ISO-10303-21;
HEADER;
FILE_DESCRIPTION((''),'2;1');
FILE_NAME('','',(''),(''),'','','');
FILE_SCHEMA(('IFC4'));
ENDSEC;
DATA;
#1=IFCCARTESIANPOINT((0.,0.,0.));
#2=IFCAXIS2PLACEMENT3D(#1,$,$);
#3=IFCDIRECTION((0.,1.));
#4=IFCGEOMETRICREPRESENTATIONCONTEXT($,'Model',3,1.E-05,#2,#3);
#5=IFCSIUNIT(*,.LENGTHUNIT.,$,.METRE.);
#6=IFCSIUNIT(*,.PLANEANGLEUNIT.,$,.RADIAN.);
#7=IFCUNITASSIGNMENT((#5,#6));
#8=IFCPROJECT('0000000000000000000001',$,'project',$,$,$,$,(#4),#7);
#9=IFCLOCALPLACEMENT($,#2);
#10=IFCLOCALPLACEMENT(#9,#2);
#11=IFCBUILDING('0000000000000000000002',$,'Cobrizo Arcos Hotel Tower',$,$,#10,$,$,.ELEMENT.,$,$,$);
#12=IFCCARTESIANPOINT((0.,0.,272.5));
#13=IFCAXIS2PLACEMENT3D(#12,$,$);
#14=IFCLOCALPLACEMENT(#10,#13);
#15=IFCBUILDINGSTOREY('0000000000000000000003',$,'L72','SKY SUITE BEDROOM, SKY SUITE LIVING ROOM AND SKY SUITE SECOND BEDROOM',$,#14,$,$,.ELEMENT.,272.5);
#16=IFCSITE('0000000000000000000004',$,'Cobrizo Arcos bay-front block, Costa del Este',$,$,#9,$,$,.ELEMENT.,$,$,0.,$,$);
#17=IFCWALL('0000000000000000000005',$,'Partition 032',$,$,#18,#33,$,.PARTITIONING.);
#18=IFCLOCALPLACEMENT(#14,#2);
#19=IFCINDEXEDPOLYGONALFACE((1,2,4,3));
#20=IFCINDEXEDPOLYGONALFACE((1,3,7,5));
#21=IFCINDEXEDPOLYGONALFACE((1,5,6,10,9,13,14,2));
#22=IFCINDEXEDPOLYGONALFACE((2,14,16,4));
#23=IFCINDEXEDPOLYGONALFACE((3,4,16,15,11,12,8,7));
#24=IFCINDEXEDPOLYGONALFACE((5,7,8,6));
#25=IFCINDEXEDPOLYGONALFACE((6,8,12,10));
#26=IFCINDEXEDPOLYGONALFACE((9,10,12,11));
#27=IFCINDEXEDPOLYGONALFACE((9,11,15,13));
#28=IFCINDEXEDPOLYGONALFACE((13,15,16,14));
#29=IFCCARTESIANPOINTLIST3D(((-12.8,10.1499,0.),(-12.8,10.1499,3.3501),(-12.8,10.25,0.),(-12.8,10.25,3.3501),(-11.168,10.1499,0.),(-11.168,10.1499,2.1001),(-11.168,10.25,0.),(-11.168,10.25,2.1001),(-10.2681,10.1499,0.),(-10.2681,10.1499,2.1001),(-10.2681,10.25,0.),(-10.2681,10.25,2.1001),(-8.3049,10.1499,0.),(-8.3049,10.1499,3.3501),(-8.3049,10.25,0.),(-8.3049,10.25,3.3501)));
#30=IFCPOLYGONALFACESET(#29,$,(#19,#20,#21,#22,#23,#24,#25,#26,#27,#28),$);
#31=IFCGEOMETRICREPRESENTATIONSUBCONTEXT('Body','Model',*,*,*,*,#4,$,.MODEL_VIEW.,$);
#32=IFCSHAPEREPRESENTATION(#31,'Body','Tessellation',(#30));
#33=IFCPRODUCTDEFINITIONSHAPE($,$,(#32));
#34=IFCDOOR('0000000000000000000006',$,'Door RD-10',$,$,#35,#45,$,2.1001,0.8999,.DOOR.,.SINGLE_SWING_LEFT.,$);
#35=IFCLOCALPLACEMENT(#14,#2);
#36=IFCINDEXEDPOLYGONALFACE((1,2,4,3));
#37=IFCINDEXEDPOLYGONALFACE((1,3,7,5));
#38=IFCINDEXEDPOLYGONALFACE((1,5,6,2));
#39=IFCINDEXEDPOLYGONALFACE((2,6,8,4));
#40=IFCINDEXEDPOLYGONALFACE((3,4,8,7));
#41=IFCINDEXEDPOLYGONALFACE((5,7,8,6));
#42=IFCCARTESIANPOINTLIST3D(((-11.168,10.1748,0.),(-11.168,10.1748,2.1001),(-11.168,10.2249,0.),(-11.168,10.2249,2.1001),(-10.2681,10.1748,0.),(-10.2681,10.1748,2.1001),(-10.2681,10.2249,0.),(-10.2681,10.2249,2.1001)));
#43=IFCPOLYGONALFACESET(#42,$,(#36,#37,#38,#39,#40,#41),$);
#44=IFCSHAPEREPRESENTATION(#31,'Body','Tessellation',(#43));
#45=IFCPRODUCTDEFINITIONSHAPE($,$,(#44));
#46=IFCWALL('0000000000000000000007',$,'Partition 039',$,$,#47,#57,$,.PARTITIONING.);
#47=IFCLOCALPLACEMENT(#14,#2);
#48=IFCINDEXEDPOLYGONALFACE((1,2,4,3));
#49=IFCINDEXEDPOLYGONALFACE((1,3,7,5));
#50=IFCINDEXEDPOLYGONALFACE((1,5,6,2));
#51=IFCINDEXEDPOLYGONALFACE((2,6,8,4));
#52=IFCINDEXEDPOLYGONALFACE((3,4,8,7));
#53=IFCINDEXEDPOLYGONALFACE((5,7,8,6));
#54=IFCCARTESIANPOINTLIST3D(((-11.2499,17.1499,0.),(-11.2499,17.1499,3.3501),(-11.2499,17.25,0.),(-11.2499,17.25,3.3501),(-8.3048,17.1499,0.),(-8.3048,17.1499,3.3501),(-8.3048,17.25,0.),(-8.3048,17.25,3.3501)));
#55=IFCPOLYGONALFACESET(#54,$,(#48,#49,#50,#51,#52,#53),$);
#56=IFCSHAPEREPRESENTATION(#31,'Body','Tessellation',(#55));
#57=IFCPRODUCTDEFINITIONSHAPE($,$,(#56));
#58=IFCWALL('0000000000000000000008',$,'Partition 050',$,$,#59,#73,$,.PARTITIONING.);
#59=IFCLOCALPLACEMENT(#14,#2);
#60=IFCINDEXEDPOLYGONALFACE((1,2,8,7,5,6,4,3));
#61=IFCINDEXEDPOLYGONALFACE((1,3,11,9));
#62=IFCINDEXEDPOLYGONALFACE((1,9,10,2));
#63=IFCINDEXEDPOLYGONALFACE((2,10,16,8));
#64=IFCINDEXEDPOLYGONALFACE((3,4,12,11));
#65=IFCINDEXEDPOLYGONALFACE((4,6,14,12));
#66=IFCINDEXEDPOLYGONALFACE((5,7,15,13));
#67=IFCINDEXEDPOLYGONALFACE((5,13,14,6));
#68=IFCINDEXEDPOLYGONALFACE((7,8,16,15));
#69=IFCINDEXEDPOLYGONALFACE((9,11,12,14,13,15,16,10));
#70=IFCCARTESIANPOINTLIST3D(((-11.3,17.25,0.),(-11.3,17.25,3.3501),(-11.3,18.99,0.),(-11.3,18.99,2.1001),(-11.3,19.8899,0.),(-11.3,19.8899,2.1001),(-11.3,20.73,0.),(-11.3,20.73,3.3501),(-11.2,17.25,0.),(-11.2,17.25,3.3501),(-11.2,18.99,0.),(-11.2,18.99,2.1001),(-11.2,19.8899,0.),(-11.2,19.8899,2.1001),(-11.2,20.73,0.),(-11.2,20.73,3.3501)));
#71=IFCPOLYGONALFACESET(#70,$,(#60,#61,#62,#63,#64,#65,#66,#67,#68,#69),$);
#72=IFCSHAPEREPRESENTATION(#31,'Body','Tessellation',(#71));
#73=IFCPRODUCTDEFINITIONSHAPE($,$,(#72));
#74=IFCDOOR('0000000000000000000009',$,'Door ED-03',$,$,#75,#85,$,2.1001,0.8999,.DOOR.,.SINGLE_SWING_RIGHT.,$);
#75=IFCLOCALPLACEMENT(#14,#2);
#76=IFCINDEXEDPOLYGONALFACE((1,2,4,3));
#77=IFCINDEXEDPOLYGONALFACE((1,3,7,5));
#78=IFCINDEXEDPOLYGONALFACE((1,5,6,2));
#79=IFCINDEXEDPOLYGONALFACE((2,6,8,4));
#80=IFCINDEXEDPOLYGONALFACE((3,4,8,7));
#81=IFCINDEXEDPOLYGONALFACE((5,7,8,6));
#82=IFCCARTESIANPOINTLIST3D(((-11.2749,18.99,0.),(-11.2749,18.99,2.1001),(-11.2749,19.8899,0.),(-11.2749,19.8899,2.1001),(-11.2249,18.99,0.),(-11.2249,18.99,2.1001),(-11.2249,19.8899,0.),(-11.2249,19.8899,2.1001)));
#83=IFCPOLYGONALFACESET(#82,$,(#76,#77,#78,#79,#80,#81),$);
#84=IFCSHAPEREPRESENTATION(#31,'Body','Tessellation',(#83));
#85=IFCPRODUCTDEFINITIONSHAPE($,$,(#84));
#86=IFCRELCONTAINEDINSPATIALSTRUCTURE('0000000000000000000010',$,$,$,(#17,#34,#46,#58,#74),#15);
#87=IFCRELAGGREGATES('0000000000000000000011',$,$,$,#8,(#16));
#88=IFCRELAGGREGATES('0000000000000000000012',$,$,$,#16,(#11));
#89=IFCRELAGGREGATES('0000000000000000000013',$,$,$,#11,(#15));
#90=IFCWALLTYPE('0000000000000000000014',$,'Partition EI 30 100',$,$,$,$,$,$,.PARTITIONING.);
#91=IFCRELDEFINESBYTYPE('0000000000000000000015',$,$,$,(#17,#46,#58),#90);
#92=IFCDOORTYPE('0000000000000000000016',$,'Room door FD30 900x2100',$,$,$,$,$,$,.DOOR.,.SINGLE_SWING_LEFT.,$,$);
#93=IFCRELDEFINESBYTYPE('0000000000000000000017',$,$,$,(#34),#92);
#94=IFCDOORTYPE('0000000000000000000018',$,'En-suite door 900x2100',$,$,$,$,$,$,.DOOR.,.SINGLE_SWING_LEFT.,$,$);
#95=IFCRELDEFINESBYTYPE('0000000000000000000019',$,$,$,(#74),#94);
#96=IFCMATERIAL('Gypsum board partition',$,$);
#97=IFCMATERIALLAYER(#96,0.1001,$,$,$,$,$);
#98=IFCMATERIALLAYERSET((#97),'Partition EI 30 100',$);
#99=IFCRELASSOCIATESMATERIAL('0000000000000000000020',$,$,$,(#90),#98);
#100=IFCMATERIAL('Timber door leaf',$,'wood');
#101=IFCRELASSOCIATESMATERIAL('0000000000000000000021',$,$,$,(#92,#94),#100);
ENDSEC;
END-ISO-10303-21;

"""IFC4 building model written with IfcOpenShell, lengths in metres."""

from ifc_helpers import new_model, si_unit, direction, frame, frame_2d, origin, place, context, subcontext, project, spatial, rectangle, extrude, material, layer, layer_set, type_object, element, fill, save


model = new_model("IFC4")

# Units and contexts
model_context = context("Model", 3, precision=1e-05, world=origin(), true_north=direction((0.0, 1.0)))
body_context = subcontext(model_context, "Body", "Model", "MODEL_VIEW")
ifc_project = project(units=[si_unit("LENGTHUNIT", "METRE"), si_unit("PLANEANGLEUNIT", "RADIAN")], contexts=[model_context])

# Site, building, storey
site_placement = place(None, origin())
site = spatial("IfcSite", under=ifc_project, at=site_placement, Name="Cobrizo Arcos bay-front block, Costa del Este", CompositionType="ELEMENT", RefElevation=0.0)
building_placement = place(site_placement, origin())
building = spatial("IfcBuilding", under=site, at=building_placement, Name="Cobrizo Arcos Hotel Tower", CompositionType="ELEMENT")
storey_placement = place(building_placement, frame((0.0, 0.0, 272.5)))
storey = spatial("IfcBuildingStorey", under=building, at=storey_placement, Name="L72", Description="SKY SUITE BEDROOM, SKY SUITE LIVING ROOM AND SKY SUITE SECOND BEDROOM", CompositionType="ELEMENT", Elevation=272.5)

# Wall, opening, door
ifc_material_1 = material(Name="Gypsum board partition")
ifc_layer_1 = layer(ifc_material_1, 0.1001)
ifc_layer_set_1 = layer_set([ifc_layer_1], Name="Partition EI 30 100")
wall_type = type_object("IfcWallType", Name="Partition EI 30 100", PredefinedType="PARTITIONING", material=ifc_layer_set_1)
wall_1_placement = place(storey_placement, frame((-12.8, 10.2, 0.0), z_axis=(0.0, 0.0, 1.0), x_axis=(1.0, 0.0, 0.0)))
wall_1 = element("IfcWall", 1, at=wall_1_placement, inside=storey, type_object=wall_type, Name="Partition 032", PredefinedType="PARTITIONING", context=body_context, shape_type="SweptSolid", body=[
    extrude(rectangle(XDim=4.4951, YDim=0.1001, at=frame_2d((2.2476, 0.0))), origin(), (0.0, 0.0, 1.0), 3.3501),
])
opening_1_placement = place(wall_1_placement, frame((1.6321, 0.0, 0.0)))
opening_1 = element("IfcOpeningElement", 2, at=opening_1_placement, cuts=wall_1, PredefinedType="OPENING", context=body_context, shape_type="SweptSolid", body=[
    extrude(rectangle(XDim=0.8999, YDim=2.1001, at=frame_2d((0.45, 1.05))), frame((0.0, 0.062, 0.0), z_axis=(0.0, -1.0, 0.0), x_axis=(1.0, 0.0, 0.0)), (0.0, 0.0, 1.0), 0.124),
])
ifc_material_2 = material(Name="Timber door leaf", Category="wood")
door_type_1 = type_object("IfcDoorType", Name="Room door FD30 900x2100", OperationType="SINGLE_SWING_LEFT", PredefinedType="DOOR", material=ifc_material_2)
door_1_placement = place(opening_1_placement, origin())
door_1 = element("IfcDoor", 3, at=door_1_placement, inside=storey, type_object=door_type_1, Name="Door RD-10", OperationType="SINGLE_SWING_LEFT", OverallHeight=2.1001, OverallWidth=0.8999, PredefinedType="DOOR", context=body_context, shape_type="SweptSolid", body=[
    extrude(rectangle(XDim=0.8999, YDim=2.1001, at=frame_2d((0.45, 1.05))), frame((0.0, 0.0249, 0.0), z_axis=(0.0, -1.0, 0.0), x_axis=(1.0, 0.0, 0.0)), (0.0, 0.0, 1.0), 0.05),
])
fill(opening_1, door_1)

# Wall
wall_2_placement = place(storey_placement, frame((-11.25, 17.2, 0.0), z_axis=(0.0, 0.0, 1.0), x_axis=(1.0, 0.0, 0.0)))
element("IfcWall", 4, at=wall_2_placement, inside=storey, type_object=wall_type, Name="Partition 039", PredefinedType="PARTITIONING", context=body_context, shape_type="SweptSolid", body=[
    extrude(rectangle(XDim=2.9451, YDim=0.1001, at=frame_2d((1.4727, 0.0))), origin(), (0.0, 0.0, 1.0), 3.3501),
])

# Wall, opening, door
wall_3_placement = place(storey_placement, frame((-11.25, 17.25, 0.0), z_axis=(0.0, 0.0, 1.0), x_axis=(0.0, 1.0, 0.0)))
wall_3 = element("IfcWall", 5, at=wall_3_placement, inside=storey, type_object=wall_type, Name="Partition 050", PredefinedType="PARTITIONING", context=body_context, shape_type="SweptSolid", body=[
    extrude(rectangle(XDim=3.48, YDim=0.1001, at=frame_2d((1.74, 0.0))), origin(), (0.0, 0.0, 1.0), 3.3501),
])
opening_2_placement = place(wall_3_placement, frame((1.74, 0.0, 0.0)))
opening_2 = element("IfcOpeningElement", 6, at=opening_2_placement, cuts=wall_3, PredefinedType="OPENING", context=body_context, shape_type="SweptSolid", body=[
    extrude(rectangle(XDim=0.8999, YDim=2.1001, at=frame_2d((0.45, 1.05))), frame((0.0, 0.062, 0.0), z_axis=(0.0, -1.0, 0.0), x_axis=(1.0, 0.0, 0.0)), (0.0, 0.0, 1.0), 0.124),
])
door_type_2 = type_object("IfcDoorType", Name="En-suite door 900x2100", OperationType="SINGLE_SWING_LEFT", PredefinedType="DOOR", material=ifc_material_2)
door_2_placement = place(opening_2_placement, origin())
door_2 = element("IfcDoor", 7, at=door_2_placement, inside=storey, type_object=door_type_2, Name="Door ED-03", OperationType="SINGLE_SWING_RIGHT", OverallHeight=2.1001, OverallWidth=0.8999, PredefinedType="DOOR", context=body_context, shape_type="SweptSolid", body=[
    extrude(rectangle(XDim=0.8999, YDim=2.1001, at=frame_2d((0.45, 1.05))), frame((0.0, 0.0249, 0.0), z_axis=(0.0, -1.0, 0.0), x_axis=(1.0, 0.0, 0.0)), (0.0, 0.0, 1.0), 0.05),
])
fill(opening_2, door_2)

save(model, "model.ifc")
